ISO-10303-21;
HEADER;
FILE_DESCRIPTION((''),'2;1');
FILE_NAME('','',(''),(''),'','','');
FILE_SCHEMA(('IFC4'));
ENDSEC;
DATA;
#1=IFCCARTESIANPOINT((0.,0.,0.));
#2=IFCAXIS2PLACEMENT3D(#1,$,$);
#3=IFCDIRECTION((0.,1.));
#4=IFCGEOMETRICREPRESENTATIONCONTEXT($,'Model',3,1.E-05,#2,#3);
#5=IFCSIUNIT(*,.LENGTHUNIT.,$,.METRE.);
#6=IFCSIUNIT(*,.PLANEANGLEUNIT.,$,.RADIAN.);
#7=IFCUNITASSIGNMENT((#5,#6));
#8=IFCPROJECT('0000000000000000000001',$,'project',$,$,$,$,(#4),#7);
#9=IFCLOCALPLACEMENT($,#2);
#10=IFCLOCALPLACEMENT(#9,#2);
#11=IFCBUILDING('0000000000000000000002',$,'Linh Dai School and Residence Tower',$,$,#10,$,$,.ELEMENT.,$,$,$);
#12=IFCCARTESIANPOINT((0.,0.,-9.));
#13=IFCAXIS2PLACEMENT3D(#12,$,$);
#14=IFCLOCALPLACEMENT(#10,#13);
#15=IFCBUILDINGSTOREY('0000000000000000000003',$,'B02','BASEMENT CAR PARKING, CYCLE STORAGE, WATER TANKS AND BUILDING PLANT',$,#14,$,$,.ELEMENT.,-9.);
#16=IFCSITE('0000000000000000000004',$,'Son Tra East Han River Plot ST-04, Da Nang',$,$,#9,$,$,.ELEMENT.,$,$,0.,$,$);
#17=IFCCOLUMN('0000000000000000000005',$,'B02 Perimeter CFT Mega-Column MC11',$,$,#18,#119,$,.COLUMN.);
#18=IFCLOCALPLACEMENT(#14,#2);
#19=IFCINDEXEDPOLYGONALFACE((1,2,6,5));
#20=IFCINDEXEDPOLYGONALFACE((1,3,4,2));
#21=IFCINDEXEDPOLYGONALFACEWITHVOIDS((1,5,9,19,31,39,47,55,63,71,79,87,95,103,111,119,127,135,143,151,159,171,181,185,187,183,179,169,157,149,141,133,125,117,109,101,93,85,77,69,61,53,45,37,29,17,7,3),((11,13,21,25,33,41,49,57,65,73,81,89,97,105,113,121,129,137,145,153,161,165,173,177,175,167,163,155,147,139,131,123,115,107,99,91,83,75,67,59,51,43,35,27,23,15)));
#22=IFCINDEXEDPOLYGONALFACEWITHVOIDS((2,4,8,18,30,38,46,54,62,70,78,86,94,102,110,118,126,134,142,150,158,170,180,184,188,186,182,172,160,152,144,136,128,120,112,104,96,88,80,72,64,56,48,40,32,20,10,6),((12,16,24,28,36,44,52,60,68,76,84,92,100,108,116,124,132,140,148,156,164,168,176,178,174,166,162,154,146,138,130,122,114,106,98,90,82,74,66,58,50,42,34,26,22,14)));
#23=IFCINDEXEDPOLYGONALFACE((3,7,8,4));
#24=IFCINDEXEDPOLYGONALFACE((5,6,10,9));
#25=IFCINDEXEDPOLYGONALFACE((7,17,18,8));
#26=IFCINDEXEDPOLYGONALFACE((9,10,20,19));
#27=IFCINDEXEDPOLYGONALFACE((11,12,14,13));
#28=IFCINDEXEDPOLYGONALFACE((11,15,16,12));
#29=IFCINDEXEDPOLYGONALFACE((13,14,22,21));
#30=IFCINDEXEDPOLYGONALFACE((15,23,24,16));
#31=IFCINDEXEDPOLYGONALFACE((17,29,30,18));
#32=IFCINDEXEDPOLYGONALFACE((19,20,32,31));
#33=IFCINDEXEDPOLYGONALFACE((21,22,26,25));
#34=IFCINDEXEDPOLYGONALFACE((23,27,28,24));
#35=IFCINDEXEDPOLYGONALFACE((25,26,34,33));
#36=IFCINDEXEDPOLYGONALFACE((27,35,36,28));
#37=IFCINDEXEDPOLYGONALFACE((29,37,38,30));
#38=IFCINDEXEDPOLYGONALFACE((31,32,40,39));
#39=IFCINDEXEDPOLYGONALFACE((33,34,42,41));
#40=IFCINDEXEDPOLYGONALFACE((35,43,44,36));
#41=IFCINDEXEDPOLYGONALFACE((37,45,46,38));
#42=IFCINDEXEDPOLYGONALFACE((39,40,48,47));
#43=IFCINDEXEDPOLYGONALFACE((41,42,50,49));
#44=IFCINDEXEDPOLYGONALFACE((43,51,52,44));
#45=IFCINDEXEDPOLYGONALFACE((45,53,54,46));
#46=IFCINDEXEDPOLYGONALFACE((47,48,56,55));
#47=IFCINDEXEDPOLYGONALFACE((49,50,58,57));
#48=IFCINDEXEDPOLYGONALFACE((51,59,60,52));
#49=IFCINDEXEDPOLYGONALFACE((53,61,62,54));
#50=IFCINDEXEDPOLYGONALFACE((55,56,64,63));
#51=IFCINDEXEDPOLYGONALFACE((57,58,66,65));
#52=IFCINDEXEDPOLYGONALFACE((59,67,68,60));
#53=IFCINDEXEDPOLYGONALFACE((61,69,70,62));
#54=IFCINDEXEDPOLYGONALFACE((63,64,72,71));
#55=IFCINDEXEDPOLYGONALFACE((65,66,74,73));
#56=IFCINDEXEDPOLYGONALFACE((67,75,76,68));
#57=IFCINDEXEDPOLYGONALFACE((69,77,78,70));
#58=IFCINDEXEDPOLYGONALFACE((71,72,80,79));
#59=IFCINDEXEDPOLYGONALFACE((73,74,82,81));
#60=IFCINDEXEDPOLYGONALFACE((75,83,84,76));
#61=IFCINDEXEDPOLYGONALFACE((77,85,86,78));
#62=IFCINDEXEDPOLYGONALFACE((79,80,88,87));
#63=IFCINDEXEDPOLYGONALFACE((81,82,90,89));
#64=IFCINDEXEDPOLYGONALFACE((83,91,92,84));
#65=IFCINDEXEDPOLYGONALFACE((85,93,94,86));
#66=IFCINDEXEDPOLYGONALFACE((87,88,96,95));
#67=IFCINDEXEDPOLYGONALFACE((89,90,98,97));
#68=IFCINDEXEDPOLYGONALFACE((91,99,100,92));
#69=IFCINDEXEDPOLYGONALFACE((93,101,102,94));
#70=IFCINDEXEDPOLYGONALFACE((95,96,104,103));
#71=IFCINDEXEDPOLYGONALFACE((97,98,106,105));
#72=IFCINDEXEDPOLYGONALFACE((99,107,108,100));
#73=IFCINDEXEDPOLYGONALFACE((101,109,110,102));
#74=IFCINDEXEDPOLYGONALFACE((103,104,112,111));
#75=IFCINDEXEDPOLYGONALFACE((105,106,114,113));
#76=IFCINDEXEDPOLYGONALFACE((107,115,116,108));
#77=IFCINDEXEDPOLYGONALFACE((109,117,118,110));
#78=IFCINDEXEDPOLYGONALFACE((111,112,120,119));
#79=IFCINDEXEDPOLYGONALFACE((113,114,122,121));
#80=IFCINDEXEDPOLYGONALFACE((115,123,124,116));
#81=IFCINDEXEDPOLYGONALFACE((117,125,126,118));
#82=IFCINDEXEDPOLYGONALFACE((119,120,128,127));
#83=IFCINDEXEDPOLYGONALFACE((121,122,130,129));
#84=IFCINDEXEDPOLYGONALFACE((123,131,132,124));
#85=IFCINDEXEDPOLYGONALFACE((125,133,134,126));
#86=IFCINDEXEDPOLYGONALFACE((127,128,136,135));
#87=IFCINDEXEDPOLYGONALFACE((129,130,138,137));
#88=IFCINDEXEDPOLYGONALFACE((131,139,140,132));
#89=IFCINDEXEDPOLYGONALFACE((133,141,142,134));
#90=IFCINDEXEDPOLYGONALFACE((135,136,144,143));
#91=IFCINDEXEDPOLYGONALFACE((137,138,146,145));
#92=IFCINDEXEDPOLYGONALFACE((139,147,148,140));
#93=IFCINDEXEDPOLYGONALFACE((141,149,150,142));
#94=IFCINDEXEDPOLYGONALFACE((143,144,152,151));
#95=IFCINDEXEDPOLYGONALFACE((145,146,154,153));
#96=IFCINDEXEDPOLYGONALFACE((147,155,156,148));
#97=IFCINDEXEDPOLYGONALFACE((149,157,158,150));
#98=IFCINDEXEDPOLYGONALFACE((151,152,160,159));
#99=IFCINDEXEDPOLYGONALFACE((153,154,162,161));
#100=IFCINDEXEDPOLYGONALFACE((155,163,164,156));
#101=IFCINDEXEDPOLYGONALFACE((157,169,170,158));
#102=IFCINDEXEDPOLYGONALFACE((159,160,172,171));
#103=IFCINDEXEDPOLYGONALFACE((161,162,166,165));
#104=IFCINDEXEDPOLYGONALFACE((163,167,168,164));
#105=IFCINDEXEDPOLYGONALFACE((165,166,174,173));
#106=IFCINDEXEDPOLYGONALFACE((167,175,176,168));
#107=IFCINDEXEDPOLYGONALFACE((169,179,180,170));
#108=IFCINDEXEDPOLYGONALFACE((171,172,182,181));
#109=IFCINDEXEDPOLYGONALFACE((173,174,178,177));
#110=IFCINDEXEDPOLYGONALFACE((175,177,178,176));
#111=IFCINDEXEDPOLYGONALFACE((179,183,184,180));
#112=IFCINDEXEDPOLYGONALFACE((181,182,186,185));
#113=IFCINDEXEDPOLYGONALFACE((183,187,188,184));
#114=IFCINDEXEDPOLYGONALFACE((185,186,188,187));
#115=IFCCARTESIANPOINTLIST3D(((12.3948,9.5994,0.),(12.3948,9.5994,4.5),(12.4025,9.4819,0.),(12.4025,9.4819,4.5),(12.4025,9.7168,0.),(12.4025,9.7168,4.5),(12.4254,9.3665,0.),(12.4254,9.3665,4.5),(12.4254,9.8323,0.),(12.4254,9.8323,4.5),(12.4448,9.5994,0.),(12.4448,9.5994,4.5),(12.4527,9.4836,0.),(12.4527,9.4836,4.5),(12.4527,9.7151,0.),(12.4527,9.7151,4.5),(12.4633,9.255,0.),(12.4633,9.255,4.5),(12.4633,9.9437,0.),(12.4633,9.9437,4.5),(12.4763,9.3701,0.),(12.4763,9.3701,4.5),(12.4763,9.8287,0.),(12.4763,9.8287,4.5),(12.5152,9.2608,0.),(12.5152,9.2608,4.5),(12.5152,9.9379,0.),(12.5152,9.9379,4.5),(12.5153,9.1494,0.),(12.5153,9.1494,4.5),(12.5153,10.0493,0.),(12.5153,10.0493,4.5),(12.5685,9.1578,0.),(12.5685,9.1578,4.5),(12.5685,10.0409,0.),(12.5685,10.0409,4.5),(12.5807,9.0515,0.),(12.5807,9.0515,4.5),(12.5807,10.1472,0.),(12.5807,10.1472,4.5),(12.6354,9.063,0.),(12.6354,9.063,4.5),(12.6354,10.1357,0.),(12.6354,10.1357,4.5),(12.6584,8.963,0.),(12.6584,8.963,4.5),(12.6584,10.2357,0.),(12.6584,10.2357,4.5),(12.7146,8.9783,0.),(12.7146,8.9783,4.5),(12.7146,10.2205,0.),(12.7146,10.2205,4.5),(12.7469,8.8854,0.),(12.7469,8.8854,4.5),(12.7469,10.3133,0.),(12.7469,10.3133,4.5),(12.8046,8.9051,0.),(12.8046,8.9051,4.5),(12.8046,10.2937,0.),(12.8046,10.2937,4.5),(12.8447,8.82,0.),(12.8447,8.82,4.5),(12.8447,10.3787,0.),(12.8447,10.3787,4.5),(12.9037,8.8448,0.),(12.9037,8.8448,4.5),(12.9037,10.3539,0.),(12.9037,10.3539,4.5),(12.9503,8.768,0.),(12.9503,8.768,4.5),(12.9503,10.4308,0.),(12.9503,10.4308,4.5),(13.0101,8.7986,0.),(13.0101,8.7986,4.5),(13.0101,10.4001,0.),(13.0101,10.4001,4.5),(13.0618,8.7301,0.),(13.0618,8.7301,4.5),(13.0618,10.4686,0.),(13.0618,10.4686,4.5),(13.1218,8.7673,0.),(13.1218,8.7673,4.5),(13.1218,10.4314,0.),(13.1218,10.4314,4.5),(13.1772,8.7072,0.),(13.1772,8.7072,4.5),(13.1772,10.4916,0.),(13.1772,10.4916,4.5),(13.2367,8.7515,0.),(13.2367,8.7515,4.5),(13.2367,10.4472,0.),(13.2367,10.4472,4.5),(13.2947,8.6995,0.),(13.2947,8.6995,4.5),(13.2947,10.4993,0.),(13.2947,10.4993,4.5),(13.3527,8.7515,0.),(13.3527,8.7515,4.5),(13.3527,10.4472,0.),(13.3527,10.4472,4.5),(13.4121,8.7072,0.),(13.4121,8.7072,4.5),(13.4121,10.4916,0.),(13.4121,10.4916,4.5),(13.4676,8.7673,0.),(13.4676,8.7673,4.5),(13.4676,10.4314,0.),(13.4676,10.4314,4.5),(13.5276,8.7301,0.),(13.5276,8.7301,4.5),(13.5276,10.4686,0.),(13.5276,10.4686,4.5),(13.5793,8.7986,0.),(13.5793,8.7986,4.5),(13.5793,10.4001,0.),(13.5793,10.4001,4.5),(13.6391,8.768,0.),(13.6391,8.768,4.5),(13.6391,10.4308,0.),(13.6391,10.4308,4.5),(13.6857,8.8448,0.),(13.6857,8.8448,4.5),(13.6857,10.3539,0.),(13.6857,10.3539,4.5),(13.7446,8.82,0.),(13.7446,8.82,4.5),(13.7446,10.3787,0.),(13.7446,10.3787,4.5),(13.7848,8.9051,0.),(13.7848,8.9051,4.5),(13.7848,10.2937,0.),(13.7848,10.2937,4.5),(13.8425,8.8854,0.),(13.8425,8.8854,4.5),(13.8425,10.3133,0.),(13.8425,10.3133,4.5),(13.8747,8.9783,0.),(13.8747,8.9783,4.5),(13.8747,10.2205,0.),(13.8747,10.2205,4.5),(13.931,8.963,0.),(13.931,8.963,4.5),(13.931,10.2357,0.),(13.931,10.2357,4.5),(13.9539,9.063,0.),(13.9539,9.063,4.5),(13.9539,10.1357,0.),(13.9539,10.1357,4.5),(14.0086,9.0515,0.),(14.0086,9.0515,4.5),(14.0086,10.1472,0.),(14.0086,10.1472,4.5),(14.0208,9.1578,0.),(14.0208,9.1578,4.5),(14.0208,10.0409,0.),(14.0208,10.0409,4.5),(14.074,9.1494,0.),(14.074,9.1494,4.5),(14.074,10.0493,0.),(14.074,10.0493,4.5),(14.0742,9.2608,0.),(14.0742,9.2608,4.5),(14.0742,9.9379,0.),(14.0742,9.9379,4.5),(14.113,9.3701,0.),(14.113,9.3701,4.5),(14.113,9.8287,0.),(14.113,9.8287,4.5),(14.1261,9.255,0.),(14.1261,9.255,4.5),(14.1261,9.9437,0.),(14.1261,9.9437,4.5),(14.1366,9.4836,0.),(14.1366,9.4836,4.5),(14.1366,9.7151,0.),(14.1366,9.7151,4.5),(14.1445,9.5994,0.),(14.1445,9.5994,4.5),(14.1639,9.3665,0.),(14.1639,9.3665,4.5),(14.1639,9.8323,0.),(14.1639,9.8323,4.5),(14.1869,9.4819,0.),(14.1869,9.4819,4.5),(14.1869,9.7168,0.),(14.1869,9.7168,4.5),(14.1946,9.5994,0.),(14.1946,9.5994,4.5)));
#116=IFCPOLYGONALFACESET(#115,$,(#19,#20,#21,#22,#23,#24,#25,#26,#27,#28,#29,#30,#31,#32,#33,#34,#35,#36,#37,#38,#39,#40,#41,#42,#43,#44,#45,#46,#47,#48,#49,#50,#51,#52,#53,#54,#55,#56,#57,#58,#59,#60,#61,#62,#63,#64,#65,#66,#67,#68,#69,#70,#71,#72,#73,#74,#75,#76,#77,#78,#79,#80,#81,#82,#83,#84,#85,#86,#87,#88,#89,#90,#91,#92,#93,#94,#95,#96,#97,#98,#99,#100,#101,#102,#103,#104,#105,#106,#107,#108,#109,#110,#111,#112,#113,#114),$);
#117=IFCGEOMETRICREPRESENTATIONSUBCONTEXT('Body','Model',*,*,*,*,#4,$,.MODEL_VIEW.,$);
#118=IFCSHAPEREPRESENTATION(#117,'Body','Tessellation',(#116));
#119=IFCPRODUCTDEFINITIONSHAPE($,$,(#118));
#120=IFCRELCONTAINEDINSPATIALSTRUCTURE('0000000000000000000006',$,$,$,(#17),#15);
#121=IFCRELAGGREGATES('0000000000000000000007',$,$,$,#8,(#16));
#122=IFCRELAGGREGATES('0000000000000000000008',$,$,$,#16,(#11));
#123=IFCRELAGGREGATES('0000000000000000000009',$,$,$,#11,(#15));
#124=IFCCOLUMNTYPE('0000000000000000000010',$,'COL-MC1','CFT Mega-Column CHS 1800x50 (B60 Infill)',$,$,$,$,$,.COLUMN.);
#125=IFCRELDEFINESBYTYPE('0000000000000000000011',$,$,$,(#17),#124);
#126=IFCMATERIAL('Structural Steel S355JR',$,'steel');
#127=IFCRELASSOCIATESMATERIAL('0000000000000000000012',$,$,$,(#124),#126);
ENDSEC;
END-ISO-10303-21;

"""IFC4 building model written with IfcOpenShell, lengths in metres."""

from ifc_helpers import new_model, si_unit, direction, frame, origin, origin_2d, place, context, subcontext, project, spatial, hollow_circle, extrude, material, material_profile, profile_set, type_object, element, save


model = new_model("IFC4")

# Units and contexts
model_context = context("Model", 3, precision=1e-05, world=origin(), true_north=direction((0.0, 1.0)))
body_context = subcontext(model_context, "Body", "Model", "MODEL_VIEW")
ifc_project = project(units=[si_unit("LENGTHUNIT", "METRE"), si_unit("PLANEANGLEUNIT", "RADIAN")], contexts=[model_context])

# Site, building, storey
site_placement = place(None, origin())
site = spatial("IfcSite", under=ifc_project, at=site_placement, Name="Son Tra East Han River Plot ST-04, Da Nang", CompositionType="ELEMENT", RefElevation=0.0)
building_placement = place(site_placement, origin())
building = spatial("IfcBuilding", under=site, at=building_placement, Name="Linh Dai School and Residence Tower", CompositionType="ELEMENT")
storey_placement = place(building_placement, frame((0.0, 0.0, -9.0)))
storey = spatial("IfcBuildingStorey", under=building, at=storey_placement, Name="B02", Description="BASEMENT CAR PARKING, CYCLE STORAGE, WATER TANKS AND BUILDING PLANT", CompositionType="ELEMENT", Elevation=-9.0)

# Column
ifc_material_1 = material(Name="Structural Steel S355JR", Category="steel")
ifc_material_profile_1 = material_profile(ifc_material_1, hollow_circle(Radius=0.8999, WallThickness=0.05, at=origin_2d()), Name="CHS 1800x50")
ifc_profile_set_1 = profile_set([ifc_material_profile_1], Name="Structural Steel S355JR")
column_type_1 = type_object("IfcColumnType", Name="COL-MC1", Description="CFT Mega-Column CHS 1800x50 (B60 Infill)", PredefinedType="COLUMN", material=ifc_profile_set_1)
for number, where, z_axis, x_axis, name in (
    (1, (13.2947, 9.5994, 0.0), (0.0, 0.0, 1.0), (1.0, 0.0, 0.0), "B02 Perimeter CFT Mega-Column MC11"),
):
    element("IfcColumn", number, at=place(storey_placement, frame(where, z_axis=z_axis, x_axis=x_axis)), inside=storey, type_object=column_type_1, Name=name, PredefinedType="COLUMN", context=body_context, shape_type="SweptSolid", body=[
        extrude(hollow_circle(Radius=0.8999, WallThickness=0.05, at=origin_2d()), origin(), (0.0, 0.0, 1.0), 4.5),
    ])

save(model, "model.ifc")
